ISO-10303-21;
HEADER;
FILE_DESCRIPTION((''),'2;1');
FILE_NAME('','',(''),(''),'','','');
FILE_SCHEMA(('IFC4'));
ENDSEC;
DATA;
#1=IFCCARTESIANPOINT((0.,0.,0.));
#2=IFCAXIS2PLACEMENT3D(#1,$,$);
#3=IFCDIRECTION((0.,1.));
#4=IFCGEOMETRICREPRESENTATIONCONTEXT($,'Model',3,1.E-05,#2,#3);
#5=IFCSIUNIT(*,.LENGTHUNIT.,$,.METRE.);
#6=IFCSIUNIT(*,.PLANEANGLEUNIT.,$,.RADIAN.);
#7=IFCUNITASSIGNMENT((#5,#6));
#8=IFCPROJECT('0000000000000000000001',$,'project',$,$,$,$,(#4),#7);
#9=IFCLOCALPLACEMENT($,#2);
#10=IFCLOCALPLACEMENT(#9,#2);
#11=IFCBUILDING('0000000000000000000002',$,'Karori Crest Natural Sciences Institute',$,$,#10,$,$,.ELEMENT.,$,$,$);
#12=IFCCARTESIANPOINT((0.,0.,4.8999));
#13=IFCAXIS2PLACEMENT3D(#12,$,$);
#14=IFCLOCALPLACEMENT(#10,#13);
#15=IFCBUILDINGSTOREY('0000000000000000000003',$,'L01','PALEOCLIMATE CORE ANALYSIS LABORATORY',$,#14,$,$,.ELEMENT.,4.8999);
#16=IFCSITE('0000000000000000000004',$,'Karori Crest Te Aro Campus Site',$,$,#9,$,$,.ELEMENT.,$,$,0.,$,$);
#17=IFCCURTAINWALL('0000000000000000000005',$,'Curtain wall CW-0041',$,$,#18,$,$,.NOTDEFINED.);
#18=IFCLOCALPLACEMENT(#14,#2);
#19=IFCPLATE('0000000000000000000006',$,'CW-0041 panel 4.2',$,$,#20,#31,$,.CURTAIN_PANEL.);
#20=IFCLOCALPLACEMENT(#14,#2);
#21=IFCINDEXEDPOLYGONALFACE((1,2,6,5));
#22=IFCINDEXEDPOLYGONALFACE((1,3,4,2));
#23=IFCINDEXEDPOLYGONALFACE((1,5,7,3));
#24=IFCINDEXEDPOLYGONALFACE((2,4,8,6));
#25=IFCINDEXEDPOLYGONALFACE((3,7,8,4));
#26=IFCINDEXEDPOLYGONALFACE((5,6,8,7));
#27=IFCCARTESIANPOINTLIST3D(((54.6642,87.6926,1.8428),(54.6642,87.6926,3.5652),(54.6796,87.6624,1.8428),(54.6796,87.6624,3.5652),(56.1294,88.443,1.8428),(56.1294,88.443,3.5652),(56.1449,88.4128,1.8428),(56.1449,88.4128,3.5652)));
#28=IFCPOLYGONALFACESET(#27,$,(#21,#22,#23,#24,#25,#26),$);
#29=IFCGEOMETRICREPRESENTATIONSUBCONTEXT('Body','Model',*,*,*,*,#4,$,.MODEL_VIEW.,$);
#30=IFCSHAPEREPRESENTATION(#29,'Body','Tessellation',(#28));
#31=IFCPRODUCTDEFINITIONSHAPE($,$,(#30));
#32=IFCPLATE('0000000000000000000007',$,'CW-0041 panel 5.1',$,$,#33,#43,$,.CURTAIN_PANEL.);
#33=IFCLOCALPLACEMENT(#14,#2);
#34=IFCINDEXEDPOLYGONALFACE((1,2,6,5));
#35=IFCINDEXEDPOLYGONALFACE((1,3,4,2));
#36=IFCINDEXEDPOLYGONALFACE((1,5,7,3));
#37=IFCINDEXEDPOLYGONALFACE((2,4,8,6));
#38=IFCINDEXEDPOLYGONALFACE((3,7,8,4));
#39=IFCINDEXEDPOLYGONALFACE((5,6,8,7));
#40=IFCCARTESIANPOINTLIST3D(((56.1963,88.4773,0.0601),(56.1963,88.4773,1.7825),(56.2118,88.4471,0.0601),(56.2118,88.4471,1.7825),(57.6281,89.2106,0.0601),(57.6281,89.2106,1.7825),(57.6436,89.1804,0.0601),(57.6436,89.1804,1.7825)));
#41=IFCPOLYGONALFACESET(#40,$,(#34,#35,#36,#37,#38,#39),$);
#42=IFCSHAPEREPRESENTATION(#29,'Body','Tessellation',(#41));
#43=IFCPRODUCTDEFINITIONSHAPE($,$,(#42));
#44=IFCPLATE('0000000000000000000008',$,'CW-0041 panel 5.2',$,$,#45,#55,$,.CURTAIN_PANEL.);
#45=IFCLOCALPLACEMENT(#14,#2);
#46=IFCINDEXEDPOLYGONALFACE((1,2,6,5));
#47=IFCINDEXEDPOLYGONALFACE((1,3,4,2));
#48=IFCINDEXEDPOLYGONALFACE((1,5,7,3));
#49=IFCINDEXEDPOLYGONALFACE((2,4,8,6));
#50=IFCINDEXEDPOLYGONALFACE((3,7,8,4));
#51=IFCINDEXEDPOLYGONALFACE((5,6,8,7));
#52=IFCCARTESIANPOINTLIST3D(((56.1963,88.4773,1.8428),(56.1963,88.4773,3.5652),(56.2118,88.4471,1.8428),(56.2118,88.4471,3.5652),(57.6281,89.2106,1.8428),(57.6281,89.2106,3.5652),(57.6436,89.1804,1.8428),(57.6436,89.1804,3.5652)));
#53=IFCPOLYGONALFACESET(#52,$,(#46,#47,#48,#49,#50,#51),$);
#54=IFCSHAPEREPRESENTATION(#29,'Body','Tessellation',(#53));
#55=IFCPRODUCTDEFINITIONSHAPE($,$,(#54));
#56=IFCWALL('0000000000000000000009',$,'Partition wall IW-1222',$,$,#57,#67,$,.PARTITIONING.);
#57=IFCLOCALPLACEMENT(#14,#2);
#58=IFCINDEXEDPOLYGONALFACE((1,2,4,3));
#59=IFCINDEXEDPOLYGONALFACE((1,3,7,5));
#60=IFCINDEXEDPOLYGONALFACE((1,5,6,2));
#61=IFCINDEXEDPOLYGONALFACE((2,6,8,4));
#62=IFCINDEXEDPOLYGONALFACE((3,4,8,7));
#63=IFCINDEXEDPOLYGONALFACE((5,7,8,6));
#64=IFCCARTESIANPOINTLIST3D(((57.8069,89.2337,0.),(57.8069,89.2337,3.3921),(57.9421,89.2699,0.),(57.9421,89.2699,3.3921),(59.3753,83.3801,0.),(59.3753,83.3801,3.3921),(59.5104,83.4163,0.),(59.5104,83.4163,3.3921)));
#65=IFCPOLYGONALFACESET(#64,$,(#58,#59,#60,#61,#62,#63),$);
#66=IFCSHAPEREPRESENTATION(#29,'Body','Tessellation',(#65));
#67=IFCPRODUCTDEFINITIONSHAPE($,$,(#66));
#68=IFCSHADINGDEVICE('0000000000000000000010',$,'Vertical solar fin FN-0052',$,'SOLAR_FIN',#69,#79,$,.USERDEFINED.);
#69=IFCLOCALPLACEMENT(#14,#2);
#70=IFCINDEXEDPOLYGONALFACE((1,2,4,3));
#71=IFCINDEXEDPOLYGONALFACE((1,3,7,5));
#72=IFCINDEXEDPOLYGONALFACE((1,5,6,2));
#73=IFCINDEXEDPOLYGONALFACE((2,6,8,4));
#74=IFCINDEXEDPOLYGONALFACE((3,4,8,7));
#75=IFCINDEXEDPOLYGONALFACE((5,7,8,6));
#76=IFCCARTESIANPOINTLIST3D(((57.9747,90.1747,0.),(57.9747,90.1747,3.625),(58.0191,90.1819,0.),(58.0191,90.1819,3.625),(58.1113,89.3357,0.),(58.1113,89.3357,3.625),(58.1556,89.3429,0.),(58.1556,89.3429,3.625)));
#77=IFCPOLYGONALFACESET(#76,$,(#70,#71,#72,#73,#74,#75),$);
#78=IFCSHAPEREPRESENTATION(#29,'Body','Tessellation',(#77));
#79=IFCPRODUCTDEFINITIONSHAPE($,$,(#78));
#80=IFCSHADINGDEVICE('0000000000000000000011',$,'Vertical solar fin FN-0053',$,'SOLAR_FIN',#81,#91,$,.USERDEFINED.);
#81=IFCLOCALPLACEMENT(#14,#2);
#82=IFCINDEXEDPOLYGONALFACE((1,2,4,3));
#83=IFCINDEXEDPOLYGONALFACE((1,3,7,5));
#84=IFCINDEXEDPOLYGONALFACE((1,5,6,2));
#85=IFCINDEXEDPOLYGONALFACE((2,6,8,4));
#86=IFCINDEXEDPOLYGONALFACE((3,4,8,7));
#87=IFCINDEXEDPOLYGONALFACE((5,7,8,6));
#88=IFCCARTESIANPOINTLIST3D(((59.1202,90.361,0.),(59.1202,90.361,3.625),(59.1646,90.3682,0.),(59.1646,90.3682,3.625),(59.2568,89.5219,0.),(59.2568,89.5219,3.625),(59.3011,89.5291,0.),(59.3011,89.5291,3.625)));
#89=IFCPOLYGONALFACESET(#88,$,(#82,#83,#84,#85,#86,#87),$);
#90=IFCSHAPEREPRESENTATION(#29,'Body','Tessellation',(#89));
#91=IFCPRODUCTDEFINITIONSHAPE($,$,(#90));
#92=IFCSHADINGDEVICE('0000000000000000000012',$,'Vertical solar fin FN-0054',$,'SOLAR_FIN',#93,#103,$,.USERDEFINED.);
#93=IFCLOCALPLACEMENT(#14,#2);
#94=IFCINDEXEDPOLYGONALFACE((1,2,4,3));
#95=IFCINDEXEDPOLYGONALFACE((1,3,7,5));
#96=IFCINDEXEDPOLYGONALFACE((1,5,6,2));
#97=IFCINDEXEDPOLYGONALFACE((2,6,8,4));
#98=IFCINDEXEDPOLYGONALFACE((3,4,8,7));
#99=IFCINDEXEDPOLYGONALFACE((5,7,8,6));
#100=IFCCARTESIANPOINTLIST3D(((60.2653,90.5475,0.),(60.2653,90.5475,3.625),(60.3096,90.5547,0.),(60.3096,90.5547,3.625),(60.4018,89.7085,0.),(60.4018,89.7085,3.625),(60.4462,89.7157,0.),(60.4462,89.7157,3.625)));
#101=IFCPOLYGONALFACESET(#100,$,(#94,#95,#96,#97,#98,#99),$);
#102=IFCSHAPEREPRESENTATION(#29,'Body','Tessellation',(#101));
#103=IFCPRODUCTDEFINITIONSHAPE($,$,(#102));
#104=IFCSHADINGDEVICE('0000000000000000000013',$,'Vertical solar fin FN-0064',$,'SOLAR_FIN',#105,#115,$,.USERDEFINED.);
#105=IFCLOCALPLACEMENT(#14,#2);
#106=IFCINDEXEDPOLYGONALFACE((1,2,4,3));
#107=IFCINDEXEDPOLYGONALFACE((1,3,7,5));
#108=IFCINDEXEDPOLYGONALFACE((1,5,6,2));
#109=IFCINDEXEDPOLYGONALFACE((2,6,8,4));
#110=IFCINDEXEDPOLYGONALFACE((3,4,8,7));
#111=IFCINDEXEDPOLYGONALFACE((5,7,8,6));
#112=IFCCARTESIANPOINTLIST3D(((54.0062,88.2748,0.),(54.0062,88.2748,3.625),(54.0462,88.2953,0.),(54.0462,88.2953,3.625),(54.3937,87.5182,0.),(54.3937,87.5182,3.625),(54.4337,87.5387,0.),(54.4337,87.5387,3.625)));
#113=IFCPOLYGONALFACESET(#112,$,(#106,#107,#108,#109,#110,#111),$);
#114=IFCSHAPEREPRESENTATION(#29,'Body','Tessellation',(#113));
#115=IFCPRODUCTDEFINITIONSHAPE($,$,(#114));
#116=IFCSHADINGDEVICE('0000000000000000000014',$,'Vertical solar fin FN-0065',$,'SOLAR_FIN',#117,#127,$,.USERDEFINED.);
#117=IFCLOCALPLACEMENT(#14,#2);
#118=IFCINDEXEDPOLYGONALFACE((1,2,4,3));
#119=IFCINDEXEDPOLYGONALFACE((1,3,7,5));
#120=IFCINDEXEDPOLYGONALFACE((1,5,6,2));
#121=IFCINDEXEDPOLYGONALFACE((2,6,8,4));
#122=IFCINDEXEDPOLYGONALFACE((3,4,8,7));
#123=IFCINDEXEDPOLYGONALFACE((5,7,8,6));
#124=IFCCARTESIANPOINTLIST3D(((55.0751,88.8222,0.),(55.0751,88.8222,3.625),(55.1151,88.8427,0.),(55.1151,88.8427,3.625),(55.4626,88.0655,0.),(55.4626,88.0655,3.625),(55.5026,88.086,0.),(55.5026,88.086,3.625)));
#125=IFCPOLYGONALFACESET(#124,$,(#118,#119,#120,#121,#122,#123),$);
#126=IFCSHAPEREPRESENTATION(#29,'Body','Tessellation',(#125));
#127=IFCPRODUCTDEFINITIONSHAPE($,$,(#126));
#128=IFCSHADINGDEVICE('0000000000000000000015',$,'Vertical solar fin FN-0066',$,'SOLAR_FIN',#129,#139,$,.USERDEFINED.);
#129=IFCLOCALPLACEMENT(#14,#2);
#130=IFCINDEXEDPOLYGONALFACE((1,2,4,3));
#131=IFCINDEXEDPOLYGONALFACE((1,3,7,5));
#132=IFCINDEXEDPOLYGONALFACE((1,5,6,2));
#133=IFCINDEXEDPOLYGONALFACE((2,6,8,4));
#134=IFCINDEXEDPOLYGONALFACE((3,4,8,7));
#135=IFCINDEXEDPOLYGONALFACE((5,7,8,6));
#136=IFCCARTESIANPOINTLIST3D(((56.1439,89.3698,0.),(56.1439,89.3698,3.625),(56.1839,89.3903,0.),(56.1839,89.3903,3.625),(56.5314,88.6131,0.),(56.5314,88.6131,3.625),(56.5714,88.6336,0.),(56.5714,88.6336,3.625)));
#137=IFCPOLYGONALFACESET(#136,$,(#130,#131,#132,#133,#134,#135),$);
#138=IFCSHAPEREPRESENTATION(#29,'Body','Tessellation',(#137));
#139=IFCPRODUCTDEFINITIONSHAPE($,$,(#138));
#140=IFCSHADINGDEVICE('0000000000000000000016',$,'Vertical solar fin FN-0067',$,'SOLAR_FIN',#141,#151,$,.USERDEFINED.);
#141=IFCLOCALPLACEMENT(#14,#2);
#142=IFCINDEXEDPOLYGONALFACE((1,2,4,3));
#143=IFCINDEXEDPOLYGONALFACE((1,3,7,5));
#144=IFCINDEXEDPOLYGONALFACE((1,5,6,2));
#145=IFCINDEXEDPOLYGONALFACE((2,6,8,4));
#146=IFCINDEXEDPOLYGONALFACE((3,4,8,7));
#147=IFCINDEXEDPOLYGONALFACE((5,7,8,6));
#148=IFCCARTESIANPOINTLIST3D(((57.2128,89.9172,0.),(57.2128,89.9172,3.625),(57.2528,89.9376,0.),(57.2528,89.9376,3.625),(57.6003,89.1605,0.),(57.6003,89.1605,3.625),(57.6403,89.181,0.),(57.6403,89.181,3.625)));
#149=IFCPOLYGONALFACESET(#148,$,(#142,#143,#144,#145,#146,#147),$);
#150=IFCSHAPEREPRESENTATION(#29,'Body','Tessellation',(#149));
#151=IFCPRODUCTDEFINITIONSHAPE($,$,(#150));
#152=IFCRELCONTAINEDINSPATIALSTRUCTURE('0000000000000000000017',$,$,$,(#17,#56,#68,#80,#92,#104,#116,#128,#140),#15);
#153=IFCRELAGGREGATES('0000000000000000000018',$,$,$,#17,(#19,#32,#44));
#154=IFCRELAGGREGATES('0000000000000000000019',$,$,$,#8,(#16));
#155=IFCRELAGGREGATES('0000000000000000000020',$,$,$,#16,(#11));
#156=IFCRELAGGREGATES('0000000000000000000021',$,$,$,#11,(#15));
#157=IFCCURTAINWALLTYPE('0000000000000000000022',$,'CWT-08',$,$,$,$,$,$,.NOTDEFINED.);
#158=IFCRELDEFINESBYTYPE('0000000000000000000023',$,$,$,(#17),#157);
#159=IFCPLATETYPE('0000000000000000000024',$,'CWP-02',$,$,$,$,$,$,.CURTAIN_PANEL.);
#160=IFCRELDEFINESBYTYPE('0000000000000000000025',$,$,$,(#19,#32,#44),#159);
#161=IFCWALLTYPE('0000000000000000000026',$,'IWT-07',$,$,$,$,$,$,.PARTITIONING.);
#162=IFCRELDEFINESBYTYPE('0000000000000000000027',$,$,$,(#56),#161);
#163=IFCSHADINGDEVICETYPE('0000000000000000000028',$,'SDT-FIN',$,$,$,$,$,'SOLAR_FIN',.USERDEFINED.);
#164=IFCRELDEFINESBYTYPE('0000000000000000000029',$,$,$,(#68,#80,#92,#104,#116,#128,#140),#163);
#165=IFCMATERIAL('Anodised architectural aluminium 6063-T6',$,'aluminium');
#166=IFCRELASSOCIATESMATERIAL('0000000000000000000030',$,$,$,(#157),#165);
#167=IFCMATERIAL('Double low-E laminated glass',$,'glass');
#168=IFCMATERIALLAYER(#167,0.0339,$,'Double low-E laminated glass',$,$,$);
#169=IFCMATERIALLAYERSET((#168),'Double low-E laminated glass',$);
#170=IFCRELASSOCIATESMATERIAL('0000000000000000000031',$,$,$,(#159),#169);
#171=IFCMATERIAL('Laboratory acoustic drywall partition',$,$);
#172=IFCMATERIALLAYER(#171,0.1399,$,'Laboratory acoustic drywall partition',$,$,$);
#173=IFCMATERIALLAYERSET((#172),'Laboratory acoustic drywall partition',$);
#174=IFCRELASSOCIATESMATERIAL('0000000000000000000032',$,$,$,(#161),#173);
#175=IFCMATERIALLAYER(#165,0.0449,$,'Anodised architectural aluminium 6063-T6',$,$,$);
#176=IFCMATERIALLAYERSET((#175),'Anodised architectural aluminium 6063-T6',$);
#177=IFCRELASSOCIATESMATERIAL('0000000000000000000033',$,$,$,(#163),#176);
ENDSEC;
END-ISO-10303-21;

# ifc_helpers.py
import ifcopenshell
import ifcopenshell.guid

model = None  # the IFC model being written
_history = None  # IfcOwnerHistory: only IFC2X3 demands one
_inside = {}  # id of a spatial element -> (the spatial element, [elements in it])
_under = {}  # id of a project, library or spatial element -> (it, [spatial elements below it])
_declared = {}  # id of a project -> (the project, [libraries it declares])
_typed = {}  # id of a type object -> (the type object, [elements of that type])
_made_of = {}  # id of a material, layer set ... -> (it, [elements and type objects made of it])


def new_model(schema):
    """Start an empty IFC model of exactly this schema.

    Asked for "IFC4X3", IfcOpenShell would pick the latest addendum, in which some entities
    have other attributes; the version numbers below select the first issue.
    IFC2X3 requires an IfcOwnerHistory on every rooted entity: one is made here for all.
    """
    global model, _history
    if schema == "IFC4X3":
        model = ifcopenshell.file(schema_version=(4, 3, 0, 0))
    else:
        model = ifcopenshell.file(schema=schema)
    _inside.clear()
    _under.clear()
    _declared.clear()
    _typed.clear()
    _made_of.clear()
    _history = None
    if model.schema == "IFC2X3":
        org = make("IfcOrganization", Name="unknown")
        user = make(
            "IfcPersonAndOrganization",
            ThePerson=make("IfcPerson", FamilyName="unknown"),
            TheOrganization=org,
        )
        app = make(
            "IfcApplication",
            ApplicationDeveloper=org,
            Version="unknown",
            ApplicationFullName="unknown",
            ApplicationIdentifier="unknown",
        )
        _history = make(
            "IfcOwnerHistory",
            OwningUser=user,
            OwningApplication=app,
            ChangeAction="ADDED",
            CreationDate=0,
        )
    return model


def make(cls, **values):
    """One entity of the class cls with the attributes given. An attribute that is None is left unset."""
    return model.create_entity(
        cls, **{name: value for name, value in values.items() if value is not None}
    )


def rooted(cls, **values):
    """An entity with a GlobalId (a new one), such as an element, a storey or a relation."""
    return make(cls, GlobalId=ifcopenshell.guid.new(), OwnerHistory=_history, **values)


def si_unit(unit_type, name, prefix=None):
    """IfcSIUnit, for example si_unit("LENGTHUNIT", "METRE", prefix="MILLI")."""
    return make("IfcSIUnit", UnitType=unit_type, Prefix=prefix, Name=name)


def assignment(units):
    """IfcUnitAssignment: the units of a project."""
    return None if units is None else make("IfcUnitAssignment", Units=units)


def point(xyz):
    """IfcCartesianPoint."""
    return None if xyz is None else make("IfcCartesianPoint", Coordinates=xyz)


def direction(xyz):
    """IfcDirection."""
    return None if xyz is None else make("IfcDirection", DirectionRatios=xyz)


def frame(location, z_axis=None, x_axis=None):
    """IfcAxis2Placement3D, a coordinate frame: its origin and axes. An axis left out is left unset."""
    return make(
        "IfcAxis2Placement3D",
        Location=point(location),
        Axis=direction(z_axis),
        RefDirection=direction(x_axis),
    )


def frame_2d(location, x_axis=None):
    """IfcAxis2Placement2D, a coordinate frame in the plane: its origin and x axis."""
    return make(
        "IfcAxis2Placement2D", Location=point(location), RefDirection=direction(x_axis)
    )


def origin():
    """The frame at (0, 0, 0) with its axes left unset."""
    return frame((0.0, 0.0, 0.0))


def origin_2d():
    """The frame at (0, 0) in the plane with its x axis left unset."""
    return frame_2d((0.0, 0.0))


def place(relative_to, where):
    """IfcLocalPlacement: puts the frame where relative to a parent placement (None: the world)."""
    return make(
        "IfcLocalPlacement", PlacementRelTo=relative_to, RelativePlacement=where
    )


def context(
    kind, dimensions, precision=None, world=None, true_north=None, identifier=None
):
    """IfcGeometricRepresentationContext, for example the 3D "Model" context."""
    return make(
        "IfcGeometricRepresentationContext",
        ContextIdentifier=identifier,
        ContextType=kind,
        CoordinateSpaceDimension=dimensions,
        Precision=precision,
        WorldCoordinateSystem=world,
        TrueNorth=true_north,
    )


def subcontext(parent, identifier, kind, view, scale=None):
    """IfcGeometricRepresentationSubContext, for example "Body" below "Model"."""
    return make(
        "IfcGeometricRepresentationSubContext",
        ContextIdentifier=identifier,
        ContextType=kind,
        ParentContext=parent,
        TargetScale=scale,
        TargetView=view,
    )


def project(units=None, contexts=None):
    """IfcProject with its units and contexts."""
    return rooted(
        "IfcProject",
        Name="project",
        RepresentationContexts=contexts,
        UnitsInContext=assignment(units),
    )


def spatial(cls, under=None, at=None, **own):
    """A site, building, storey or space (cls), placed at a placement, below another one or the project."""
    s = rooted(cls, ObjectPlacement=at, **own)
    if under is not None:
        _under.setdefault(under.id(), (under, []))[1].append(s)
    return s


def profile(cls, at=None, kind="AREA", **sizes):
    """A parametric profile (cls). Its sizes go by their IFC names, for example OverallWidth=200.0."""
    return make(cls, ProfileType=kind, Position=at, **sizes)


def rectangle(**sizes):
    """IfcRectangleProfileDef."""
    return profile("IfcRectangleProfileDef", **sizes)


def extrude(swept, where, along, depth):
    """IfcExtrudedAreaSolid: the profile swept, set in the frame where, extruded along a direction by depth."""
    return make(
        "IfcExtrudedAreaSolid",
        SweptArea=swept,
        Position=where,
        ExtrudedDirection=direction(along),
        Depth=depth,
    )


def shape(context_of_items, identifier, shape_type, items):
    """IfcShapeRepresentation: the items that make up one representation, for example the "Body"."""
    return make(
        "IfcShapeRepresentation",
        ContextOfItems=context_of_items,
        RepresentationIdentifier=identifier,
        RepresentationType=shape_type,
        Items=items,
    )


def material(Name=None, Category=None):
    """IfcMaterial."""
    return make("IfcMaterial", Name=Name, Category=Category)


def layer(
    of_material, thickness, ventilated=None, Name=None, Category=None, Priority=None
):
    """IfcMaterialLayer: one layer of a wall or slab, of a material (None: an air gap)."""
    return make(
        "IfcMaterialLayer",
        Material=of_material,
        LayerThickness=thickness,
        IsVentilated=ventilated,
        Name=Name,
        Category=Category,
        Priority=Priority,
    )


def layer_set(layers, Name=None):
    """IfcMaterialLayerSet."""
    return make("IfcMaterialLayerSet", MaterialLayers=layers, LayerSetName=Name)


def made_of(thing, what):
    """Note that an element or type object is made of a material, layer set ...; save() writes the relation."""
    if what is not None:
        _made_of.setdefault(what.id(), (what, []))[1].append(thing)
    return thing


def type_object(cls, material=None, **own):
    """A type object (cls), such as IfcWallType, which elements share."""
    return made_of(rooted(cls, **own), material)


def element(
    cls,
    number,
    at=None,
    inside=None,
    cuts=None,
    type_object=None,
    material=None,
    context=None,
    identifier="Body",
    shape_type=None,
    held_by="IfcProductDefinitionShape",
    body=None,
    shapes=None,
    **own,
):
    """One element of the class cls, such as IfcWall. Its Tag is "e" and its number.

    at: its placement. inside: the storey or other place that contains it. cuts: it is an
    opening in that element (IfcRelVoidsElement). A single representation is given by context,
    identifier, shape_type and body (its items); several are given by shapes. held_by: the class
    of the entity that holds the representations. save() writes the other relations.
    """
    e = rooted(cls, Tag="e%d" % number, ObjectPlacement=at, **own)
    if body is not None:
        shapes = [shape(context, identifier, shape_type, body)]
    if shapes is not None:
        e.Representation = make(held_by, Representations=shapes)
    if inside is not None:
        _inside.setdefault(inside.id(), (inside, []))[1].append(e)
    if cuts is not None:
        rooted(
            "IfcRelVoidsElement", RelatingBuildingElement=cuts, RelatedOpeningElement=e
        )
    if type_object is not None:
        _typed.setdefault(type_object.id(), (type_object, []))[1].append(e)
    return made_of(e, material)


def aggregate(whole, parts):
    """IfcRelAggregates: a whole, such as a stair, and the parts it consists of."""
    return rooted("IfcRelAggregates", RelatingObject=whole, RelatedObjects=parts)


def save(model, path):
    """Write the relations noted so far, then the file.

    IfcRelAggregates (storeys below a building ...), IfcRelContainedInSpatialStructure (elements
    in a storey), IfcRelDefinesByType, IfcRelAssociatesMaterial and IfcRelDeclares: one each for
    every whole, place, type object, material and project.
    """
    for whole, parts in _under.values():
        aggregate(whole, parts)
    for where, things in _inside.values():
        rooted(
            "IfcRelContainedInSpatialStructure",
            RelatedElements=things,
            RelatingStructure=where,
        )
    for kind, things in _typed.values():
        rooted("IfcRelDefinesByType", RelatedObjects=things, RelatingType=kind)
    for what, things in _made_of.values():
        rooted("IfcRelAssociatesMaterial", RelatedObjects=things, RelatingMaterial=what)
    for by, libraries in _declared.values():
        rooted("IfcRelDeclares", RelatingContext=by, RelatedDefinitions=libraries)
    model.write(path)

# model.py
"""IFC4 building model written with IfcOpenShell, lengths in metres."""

from ifc_helpers import new_model, si_unit, direction, frame, frame_2d, origin, origin_2d, place, context, subcontext, project, spatial, rectangle, extrude, material, layer, layer_set, type_object, element, aggregate, save


model = new_model("IFC4")

# Units and contexts
model_context = context("Model", 3, precision=1e-05, world=origin(), true_north=direction((0.0, 1.0)))
body_context = subcontext(model_context, "Body", "Model", "MODEL_VIEW")
ifc_project = project(units=[si_unit("LENGTHUNIT", "METRE"), si_unit("PLANEANGLEUNIT", "RADIAN")], contexts=[model_context])

# Site, building, storey
site_placement = place(None, origin())
site = spatial("IfcSite", under=ifc_project, at=site_placement, Name="Karori Crest Te Aro Campus Site", CompositionType="ELEMENT", RefElevation=0.0)
building_placement = place(site_placement, origin())
building = spatial("IfcBuilding", under=site, at=building_placement, Name="Karori Crest Natural Sciences Institute", CompositionType="ELEMENT")
storey_placement = place(building_placement, frame((0.0, 0.0, 4.8999)))
storey = spatial("IfcBuildingStorey", under=building, at=storey_placement, Name="L01", Description="PALEOCLIMATE CORE ANALYSIS LABORATORY", CompositionType="ELEMENT", Elevation=4.8999)

# Curtain wall
ifc_material_1 = material(Name="Anodised architectural aluminium 6063-T6", Category="aluminium")
curtain_wall_type_1 = type_object("IfcCurtainWallType", Name="CWT-08", PredefinedType="NOTDEFINED", material=ifc_material_1)
curtain_wall_1_placement = place(storey_placement, origin())
curtain_wall_1 = element("IfcCurtainWall", 1, at=curtain_wall_1_placement, inside=storey, type_object=curtain_wall_type_1, Name="Curtain wall CW-0041", PredefinedType="NOTDEFINED")

# Plates
ifc_material_2 = material(Name="Double low-E laminated glass", Category="glass")
ifc_layer_1 = layer(ifc_material_2, 0.0339, Name="Double low-E laminated glass")
ifc_layer_set_1 = layer_set([ifc_layer_1], Name="Double low-E laminated glass")
plate_type_1 = type_object("IfcPlateType", Name="CWP-02", PredefinedType="CURTAIN_PANEL", material=ifc_layer_set_1)
plate_1_placement = place(storey_placement, frame((55.4045, 88.0527, 1.8428), z_axis=(0.0, 0.0, 1.0), x_axis=(0.890065, 0.455833, 0.0)))
plate_1 = element("IfcPlate", 2, at=plate_1_placement, type_object=plate_type_1, Name="CW-0041 panel 4.2", PredefinedType="CURTAIN_PANEL", context=body_context, shape_type="SweptSolid", body=[
    extrude(rectangle(XDim=1.6462, YDim=0.0339, at=origin_2d()), origin(), (0.0, 0.0, 1.0), 1.7224),
])
plate_2_placement = place(storey_placement, frame((56.9199, 88.8289, 0.0601), z_axis=(0.0, 0.0, 1.0), x_axis=(0.890065, 0.455833, 0.0)))
plate_2 = element("IfcPlate", 3, at=plate_2_placement, type_object=plate_type_1, Name="CW-0041 panel 5.1", PredefinedType="CURTAIN_PANEL", context=body_context, shape_type="SweptSolid", body=[
    extrude(rectangle(XDim=1.6086, YDim=0.0339, at=origin_2d()), origin(), (0.0, 0.0, 1.0), 1.7224),
])
plate_3_placement = place(storey_placement, frame((56.9199, 88.8289, 1.8428), z_axis=(0.0, 0.0, 1.0), x_axis=(0.890065, 0.455833, 0.0)))
plate_3 = element("IfcPlate", 4, at=plate_3_placement, type_object=plate_type_1, Name="CW-0041 panel 5.2", PredefinedType="CURTAIN_PANEL", context=body_context, shape_type="SweptSolid", body=[
    extrude(rectangle(XDim=1.6086, YDim=0.0339, at=origin_2d()), origin(), (0.0, 0.0, 1.0), 1.7224),
])
aggregate(curtain_wall_1, [plate_1, plate_2, plate_3])

# Wall
ifc_material_3 = material(Name="Laboratory acoustic drywall partition")
ifc_layer_2 = layer(ifc_material_3, 0.1399, Name="Laboratory acoustic drywall partition")
ifc_layer_set_2 = layer_set([ifc_layer_2], Name="Laboratory acoustic drywall partition")
wall_type = type_object("IfcWallType", Name="IWT-07", PredefinedType="PARTITIONING", material=ifc_layer_set_2)
wall_placement = place(storey_placement, frame((59.4429, 83.3982, 0.0), z_axis=(0.0, 0.0, 1.0), x_axis=(-0.258806, 0.965929, 0.0)))
element("IfcWall", 5, at=wall_placement, inside=storey, type_object=wall_type, Name="Partition wall IW-1222", PredefinedType="PARTITIONING", context=body_context, shape_type="SweptSolid", body=[
    extrude(rectangle(XDim=6.0601, YDim=0.1399, at=frame_2d((3.03, 0.0))), origin(), (0.0, 0.0, 1.0), 3.3921),
])

# Shading devices
ifc_layer_3 = layer(ifc_material_1, 0.0449, Name="Anodised architectural aluminium 6063-T6")
ifc_layer_set_3 = layer_set([ifc_layer_3], Name="Anodised architectural aluminium 6063-T6")
shading_device_type = type_object("IfcShadingDeviceType", Name="SDT-FIN", ElementType="SOLAR_FIN", PredefinedType="USERDEFINED", material=ifc_layer_set_3)
for number, where, z_axis, x_axis, name in (
    (6, (58.0652, 89.7588, 0.0), (0.0, 0.0, 1.0), (-0.160656, 0.98701, 0.0), "Vertical solar fin FN-0052"),
    (7, (59.2107, 89.9451, 0.0), (0.0, 0.0, 1.0), (-0.160656, 0.98701, 0.0), "Vertical solar fin FN-0053"),
    (8, (60.3557, 90.1316, 0.0), (0.0, 0.0, 1.0), (-0.160656, 0.98701, 0.0), "Vertical solar fin FN-0054"),
    (9, (54.22, 87.9067, 0.0), (0.0, 0.0, 1.0), (-0.455832, 0.890066, 0.0), "Vertical solar fin FN-0064"),
    (10, (55.2888, 88.4541, 0.0), (0.0, 0.0, 1.0), (-0.455832, 0.890066, 0.0), "Vertical solar fin FN-0065"),
    (11, (56.3577, 89.0017, 0.0), (0.0, 0.0, 1.0), (-0.455832, 0.890066, 0.0), "Vertical solar fin FN-0066"),
    (12, (57.4265, 89.5491, 0.0), (0.0, 0.0, 1.0), (-0.455832, 0.890066, 0.0), "Vertical solar fin FN-0067"),
):
    element("IfcShadingDevice", number, at=place(storey_placement, frame(where, z_axis=z_axis, x_axis=x_axis)), inside=storey, type_object=shading_device_type, Name=name, ObjectType="SOLAR_FIN", PredefinedType="USERDEFINED", context=body_context, shape_type="SweptSolid", body=[
        extrude(rectangle(XDim=0.8501, YDim=0.0449, at=origin_2d()), origin(), (0.0, 0.0, 1.0), 3.625),
    ])

save(model, "model.ifc")
